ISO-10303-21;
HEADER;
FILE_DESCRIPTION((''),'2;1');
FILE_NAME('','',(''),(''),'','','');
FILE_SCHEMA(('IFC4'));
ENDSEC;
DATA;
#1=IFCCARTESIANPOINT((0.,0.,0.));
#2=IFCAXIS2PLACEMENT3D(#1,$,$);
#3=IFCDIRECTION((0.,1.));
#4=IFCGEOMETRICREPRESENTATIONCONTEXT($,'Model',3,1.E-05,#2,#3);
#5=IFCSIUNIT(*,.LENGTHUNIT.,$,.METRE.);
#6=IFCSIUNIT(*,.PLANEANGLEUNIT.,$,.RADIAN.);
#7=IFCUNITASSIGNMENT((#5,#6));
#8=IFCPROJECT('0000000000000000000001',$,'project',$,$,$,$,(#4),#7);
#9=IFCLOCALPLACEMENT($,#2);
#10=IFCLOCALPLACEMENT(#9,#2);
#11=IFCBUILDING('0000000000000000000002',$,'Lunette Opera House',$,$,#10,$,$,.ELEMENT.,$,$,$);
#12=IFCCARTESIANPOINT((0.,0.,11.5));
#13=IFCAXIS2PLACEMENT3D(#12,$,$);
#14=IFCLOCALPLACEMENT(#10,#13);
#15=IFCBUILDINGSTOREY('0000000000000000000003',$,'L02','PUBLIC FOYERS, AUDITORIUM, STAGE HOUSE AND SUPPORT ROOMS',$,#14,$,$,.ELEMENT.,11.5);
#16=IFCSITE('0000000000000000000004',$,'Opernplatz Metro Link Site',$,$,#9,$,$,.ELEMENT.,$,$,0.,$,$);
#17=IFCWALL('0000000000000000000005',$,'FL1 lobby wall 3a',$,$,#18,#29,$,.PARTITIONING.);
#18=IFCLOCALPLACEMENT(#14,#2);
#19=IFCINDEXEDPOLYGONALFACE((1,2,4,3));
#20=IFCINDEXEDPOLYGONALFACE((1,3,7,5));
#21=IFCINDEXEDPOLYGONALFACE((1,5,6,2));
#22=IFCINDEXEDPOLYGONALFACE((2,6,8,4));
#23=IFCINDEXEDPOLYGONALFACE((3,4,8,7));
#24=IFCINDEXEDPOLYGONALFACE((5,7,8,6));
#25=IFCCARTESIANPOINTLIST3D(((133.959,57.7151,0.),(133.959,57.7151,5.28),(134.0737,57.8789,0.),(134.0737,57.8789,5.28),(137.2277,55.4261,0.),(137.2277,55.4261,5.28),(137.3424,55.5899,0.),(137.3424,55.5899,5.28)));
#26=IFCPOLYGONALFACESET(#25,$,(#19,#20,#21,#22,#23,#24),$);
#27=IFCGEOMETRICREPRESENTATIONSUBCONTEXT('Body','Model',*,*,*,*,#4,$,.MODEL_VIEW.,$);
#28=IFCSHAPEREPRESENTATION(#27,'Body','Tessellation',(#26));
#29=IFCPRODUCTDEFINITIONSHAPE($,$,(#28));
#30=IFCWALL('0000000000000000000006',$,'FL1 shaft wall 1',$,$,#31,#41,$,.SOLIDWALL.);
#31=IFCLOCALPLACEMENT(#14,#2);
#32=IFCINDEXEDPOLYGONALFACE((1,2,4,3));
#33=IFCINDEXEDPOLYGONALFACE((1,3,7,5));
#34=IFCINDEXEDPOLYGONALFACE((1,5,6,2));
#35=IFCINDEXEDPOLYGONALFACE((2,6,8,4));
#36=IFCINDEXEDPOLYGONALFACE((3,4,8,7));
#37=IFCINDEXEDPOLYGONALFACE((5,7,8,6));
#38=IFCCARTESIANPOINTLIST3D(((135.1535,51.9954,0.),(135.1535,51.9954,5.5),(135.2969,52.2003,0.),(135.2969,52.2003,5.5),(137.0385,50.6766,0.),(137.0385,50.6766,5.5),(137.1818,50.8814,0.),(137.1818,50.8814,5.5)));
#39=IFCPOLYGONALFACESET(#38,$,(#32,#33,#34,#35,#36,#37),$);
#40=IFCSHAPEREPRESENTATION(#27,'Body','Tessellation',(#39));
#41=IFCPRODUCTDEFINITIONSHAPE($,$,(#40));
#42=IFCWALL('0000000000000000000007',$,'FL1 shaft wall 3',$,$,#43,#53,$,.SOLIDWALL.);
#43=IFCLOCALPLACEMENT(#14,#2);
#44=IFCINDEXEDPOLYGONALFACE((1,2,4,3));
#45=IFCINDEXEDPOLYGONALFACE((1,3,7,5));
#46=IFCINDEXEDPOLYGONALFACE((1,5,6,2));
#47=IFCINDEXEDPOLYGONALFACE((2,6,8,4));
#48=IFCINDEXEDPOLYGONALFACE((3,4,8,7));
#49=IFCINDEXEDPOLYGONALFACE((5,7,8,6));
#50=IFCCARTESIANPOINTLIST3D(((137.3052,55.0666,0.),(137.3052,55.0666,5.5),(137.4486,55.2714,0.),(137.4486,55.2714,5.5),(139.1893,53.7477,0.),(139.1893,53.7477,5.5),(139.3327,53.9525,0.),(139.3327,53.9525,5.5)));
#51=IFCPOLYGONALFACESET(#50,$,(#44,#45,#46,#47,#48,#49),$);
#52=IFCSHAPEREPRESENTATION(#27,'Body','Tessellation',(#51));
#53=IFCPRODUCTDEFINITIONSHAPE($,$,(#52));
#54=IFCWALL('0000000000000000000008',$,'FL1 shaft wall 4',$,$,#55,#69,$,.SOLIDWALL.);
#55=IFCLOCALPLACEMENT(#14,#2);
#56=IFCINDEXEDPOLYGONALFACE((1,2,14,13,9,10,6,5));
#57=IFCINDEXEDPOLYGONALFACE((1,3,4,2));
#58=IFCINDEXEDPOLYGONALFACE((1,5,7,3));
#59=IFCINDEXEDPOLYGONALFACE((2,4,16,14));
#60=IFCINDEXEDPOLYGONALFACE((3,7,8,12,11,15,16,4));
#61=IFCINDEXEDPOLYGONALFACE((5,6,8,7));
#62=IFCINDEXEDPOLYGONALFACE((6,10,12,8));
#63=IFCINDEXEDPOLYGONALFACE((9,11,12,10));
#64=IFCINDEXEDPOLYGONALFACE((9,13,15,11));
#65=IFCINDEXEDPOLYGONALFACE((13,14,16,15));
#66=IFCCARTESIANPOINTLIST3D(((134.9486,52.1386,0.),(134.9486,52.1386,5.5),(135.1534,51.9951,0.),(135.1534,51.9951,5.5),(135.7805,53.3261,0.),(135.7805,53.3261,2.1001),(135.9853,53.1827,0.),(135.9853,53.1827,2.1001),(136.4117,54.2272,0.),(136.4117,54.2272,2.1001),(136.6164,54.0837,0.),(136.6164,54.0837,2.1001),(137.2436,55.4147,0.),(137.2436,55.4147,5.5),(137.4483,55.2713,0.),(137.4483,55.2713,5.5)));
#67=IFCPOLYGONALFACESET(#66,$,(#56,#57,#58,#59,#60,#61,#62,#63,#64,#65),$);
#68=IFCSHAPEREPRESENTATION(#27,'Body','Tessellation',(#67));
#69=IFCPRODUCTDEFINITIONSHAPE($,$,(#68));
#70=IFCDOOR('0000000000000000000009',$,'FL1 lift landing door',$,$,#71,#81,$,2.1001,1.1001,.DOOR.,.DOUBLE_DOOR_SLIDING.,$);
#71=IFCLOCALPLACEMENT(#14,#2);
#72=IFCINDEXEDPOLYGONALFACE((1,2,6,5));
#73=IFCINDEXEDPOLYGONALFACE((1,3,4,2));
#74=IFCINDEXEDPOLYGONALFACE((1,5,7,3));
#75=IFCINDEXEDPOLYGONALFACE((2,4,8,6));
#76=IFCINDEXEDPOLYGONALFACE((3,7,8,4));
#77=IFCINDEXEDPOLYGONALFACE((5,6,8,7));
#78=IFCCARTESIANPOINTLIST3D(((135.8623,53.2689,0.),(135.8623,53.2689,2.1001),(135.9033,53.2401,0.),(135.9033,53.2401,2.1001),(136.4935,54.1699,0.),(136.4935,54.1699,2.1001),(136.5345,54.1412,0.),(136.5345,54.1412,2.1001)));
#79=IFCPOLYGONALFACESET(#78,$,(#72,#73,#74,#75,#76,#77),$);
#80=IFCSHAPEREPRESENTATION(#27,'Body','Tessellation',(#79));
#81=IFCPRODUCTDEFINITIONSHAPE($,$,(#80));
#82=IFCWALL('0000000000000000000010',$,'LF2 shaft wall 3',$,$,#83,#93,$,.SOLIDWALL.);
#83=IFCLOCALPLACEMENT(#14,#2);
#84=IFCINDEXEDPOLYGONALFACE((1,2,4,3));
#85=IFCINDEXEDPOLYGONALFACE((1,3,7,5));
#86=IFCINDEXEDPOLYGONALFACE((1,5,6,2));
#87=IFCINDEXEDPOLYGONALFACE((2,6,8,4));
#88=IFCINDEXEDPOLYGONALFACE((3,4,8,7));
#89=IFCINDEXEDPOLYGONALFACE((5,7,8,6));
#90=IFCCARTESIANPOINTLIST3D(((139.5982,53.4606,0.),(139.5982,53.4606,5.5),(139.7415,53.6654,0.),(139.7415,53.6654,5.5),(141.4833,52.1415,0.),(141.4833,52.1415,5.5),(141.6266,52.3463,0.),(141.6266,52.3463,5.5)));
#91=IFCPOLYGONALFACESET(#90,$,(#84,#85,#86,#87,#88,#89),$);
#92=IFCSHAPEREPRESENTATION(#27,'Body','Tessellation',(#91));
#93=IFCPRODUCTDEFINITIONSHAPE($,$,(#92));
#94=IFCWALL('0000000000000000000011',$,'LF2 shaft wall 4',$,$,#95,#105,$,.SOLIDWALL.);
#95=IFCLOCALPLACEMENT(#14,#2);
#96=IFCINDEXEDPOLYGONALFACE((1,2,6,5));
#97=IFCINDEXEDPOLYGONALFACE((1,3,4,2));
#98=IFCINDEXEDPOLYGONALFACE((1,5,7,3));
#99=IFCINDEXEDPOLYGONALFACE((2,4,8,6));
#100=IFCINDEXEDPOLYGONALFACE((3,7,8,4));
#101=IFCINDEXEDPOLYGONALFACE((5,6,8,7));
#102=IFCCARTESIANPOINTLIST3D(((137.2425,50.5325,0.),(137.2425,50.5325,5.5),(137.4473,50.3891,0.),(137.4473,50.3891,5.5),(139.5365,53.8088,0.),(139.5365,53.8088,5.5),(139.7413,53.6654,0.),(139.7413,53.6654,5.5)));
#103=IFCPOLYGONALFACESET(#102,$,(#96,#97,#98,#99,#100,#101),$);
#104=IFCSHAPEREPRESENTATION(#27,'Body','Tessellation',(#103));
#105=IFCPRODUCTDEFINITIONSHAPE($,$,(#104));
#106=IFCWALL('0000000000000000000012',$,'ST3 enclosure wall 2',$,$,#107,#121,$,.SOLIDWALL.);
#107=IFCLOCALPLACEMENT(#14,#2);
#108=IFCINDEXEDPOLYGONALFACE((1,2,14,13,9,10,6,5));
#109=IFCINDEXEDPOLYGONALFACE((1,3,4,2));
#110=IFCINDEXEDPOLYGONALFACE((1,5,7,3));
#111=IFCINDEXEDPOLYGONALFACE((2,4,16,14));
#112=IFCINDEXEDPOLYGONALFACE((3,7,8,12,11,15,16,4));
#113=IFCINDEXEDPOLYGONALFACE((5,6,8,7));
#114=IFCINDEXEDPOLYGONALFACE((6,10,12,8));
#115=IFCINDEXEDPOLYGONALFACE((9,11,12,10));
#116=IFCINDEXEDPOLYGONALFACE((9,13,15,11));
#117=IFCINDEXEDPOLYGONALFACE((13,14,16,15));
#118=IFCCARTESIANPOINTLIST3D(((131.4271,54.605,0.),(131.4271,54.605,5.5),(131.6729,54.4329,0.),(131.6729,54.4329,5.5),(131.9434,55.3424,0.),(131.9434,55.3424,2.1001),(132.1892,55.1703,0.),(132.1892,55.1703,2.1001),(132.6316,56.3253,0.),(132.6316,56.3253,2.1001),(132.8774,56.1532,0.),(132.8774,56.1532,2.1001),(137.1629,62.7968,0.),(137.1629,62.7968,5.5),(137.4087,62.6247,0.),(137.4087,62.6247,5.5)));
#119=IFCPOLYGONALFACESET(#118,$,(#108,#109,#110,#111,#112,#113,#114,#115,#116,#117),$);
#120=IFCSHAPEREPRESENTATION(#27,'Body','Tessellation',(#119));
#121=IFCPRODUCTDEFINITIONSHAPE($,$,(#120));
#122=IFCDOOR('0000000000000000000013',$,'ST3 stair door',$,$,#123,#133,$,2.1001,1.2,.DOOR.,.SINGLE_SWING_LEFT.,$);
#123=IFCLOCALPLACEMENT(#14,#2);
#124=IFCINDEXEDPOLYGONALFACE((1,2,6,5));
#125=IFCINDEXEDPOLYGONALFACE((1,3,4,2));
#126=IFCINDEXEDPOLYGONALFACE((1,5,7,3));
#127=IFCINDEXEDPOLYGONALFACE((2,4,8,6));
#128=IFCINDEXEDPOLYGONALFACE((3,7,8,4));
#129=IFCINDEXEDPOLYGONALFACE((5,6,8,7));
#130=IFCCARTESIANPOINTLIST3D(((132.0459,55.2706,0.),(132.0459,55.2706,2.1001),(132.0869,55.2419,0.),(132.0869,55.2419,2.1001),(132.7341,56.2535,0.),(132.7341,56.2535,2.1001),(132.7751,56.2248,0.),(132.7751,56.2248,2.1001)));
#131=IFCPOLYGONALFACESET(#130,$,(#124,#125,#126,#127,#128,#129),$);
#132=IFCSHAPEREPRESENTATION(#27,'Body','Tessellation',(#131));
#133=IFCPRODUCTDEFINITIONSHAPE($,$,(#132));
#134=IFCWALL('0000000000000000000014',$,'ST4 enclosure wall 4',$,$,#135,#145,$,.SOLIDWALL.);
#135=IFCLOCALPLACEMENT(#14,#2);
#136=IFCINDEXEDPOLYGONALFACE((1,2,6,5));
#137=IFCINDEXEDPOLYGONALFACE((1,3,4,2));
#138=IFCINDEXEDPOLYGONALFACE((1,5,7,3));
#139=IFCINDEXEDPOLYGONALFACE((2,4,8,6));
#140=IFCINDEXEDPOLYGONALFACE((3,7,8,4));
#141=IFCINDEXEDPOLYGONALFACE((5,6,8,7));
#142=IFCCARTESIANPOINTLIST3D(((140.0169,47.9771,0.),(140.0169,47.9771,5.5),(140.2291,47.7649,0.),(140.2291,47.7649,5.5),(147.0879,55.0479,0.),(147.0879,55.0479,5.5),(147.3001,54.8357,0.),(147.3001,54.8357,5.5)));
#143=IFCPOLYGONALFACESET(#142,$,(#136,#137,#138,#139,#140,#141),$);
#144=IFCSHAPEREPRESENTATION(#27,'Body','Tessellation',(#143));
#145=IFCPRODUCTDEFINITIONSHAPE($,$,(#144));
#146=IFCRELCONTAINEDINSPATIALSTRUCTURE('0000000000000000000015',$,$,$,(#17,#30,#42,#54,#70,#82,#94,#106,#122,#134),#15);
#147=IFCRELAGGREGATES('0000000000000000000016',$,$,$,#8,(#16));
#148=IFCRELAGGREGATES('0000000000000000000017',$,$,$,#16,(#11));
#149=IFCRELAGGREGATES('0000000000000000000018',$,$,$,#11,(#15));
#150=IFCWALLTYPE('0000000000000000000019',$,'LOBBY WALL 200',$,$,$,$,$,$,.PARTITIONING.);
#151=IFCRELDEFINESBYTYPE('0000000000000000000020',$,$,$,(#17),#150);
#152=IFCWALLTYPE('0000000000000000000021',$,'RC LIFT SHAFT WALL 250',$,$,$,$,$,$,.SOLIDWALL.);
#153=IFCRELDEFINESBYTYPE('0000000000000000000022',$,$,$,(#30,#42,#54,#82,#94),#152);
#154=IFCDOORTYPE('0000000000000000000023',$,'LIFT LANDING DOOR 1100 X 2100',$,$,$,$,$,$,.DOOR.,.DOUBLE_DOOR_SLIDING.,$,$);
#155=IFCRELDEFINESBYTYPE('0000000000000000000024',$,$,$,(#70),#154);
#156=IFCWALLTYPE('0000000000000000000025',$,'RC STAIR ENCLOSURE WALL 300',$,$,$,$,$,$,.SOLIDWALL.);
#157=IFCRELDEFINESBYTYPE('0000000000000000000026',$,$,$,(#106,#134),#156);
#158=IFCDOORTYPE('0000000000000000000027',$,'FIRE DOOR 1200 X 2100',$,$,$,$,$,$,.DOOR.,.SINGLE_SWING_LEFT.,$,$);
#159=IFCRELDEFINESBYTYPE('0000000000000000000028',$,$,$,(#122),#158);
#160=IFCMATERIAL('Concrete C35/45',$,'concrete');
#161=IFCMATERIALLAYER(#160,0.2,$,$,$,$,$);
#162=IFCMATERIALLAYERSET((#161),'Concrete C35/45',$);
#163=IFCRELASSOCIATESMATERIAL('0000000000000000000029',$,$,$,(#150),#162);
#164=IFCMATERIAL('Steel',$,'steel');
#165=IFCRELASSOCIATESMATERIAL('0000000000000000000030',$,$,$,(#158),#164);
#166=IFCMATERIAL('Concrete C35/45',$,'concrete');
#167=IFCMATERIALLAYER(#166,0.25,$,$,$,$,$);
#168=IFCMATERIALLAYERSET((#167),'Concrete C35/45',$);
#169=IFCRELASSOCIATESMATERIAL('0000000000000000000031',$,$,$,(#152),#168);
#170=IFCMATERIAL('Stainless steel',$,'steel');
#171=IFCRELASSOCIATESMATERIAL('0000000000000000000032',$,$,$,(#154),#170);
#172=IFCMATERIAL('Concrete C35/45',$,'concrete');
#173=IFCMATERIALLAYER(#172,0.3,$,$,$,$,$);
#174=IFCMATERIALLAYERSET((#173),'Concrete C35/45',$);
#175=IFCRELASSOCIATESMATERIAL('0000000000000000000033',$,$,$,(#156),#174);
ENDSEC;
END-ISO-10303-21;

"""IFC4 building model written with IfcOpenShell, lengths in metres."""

from ifc_helpers import new_model, si_unit, direction, frame, frame_2d, origin, place, context, subcontext, project, spatial, rectangle, extrude, material, layer, layer_set, type_object, element, fill, save


model = new_model("IFC4")

# Units and contexts
model_context = context("Model", 3, precision=1e-05, world=origin(), true_north=direction((0.0, 1.0)))
body_context = subcontext(model_context, "Body", "Model", "MODEL_VIEW")
ifc_project = project(units=[si_unit("LENGTHUNIT", "METRE"), si_unit("PLANEANGLEUNIT", "RADIAN")], contexts=[model_context])

# Site, building, storey
site_placement = place(None, origin())
site = spatial("IfcSite", under=ifc_project, at=site_placement, Name="Opernplatz Metro Link Site", CompositionType="ELEMENT", RefElevation=0.0)
building_placement = place(site_placement, origin())
building = spatial("IfcBuilding", under=site, at=building_placement, Name="Lunette Opera House", CompositionType="ELEMENT")
storey_placement = place(building_placement, frame((0.0, 0.0, 11.5)))
storey = spatial("IfcBuildingStorey", under=building, at=storey_placement, Name="L02", Description="PUBLIC FOYERS, AUDITORIUM, STAGE HOUSE AND SUPPORT ROOMS", CompositionType="ELEMENT", Elevation=11.5)

# Shared definitions
ifc_material_1 = material(Name="Concrete C35/45", Category="concrete")
ifc_layer_1 = layer(ifc_material_1, 0.2)
ifc_layer_set_1 = layer_set([ifc_layer_1], Name="Concrete C35/45")
wall_type_1 = type_object("IfcWallType", Name="LOBBY WALL 200", PredefinedType="PARTITIONING", material=ifc_layer_set_1)
ifc_material_2 = material(Name="Steel", Category="steel")
door_type_1 = type_object("IfcDoorType", Name="FIRE DOOR 1200 X 2100", OperationType="SINGLE_SWING_LEFT", PredefinedType="DOOR", material=ifc_material_2)

# Walls
wall_1_placement = place(storey_placement, frame((137.2849, 55.5081, 0.0), z_axis=(0.0, 0.0, 1.0), x_axis=(-0.819126, 0.573614, 0.0)))
element("IfcWall", 1, at=wall_1_placement, inside=storey, type_object=wall_type_1, Name="FL1 lobby wall 3a", PredefinedType="PARTITIONING", context=body_context, shape_type="SweptSolid", body=[
    extrude(rectangle(XDim=3.9905, YDim=0.2, at=frame_2d((1.9951, 0.0))), origin(), (0.0, 0.0, 1.0), 5.28),
])
ifc_material_3 = material(Name="Concrete C35/45", Category="concrete")
ifc_layer_2 = layer(ifc_material_3, 0.25)
ifc_layer_set_2 = layer_set([ifc_layer_2], Name="Concrete C35/45")
wall_type_2 = type_object("IfcWallType", Name="RC LIFT SHAFT WALL 250", PredefinedType="SOLIDWALL", material=ifc_layer_set_2)
wall_2_placement = place(storey_placement, frame((135.2251, 52.0979, 0.0), z_axis=(0.0, 0.0, 1.0), x_axis=(0.819367, -0.57327, 0.0)))
element("IfcWall", 2, at=wall_2_placement, inside=storey, type_object=wall_type_2, Name="FL1 shaft wall 1", PredefinedType="SOLIDWALL", context=body_context, shape_type="SweptSolid", body=[
    extrude(rectangle(XDim=2.3005, YDim=0.25, at=frame_2d((1.1504, 0.0))), origin(), (0.0, 0.0, 1.0), 5.5),
])
wall_3_placement = place(storey_placement, frame((139.261, 53.8501, 0.0), z_axis=(0.0, 0.0, 1.0), x_axis=(-0.819227, 0.573469, 0.0)))
element("IfcWall", 3, at=wall_3_placement, inside=storey, type_object=wall_type_2, Name="FL1 shaft wall 3", PredefinedType="SOLIDWALL", context=body_context, shape_type="SweptSolid", body=[
    extrude(rectangle(XDim=2.2998, YDim=0.25, at=frame_2d((1.1499, 0.0))), origin(), (0.0, 0.0, 1.0), 5.5),
])

# Wall, opening, door
wall_4_placement = place(storey_placement, frame((137.3459, 55.343, 0.0), z_axis=(0.0, 0.0, 1.0), x_axis=(-0.573737, -0.81904, 0.0)))
wall_4 = element("IfcWall", 4, at=wall_4_placement, inside=storey, type_object=wall_type_2, Name="FL1 shaft wall 4", PredefinedType="SOLIDWALL", context=body_context, shape_type="SweptSolid", body=[
    extrude(rectangle(XDim=4.0, YDim=0.25, at=frame_2d((2.0, 0.0))), origin(), (0.0, 0.0, 1.0), 5.5),
])
opening_1_placement = place(wall_4_placement, frame((1.45, 0.0, 0.0)))
opening_1 = element("IfcOpeningElement", 5, at=opening_1_placement, cuts=wall_4, PredefinedType="OPENING", context=body_context, shape_type="SweptSolid", body=[
    extrude(rectangle(XDim=1.1001, YDim=2.1001, at=frame_2d((0.55, 1.05))), frame((0.0, 0.137, 0.0), z_axis=(0.0, -1.0, 0.0), x_axis=(1.0, 0.0, 0.0)), (0.0, 0.0, 1.0), 0.2739),
])
ifc_material_4 = material(Name="Stainless steel", Category="steel")
door_type_2 = type_object("IfcDoorType", Name="LIFT LANDING DOOR 1100 X 2100", OperationType="DOUBLE_DOOR_SLIDING", PredefinedType="DOOR", material=ifc_material_4)
door_1_placement = place(opening_1_placement, origin())
door_1 = element("IfcDoor", 6, at=door_1_placement, inside=storey, type_object=door_type_2, Name="FL1 lift landing door", OperationType="DOUBLE_DOOR_SLIDING", OverallHeight=2.1001, OverallWidth=1.1001, PredefinedType="DOOR", context=body_context, shape_type="SweptSolid", body=[
    extrude(rectangle(XDim=1.1001, YDim=2.1001, at=frame_2d((0.55, 1.05))), frame((0.0, 0.0249, 0.0), z_axis=(0.0, -1.0, 0.0), x_axis=(1.0, 0.0, 0.0)), (0.0, 0.0, 1.0), 0.05),
])
fill(opening_1, door_1)

# Walls
wall_5_placement = place(storey_placement, frame((141.5549, 52.2439, 0.0), z_axis=(0.0, 0.0, 1.0), x_axis=(-0.819317, 0.573341, 0.0)))
element("IfcWall", 7, at=wall_5_placement, inside=storey, type_object=wall_type_2, Name="LF2 shaft wall 3", PredefinedType="SOLIDWALL", context=body_context, shape_type="SweptSolid", body=[
    extrude(rectangle(XDim=2.3008, YDim=0.25, at=frame_2d((1.1504, 0.0))), origin(), (0.0, 0.0, 1.0), 5.5),
])
wall_6_placement = place(storey_placement, frame((139.6389, 53.7371, 0.0), z_axis=(0.0, 0.0, 1.0), x_axis=(-0.573573, -0.819154, 0.0)))
element("IfcWall", 8, at=wall_6_placement, inside=storey, type_object=wall_type_2, Name="LF2 shaft wall 4", PredefinedType="SOLIDWALL", context=body_context, shape_type="SweptSolid", body=[
    extrude(rectangle(XDim=3.9995, YDim=0.25, at=frame_2d((1.9998, 0.0))), origin(), (0.0, 0.0, 1.0), 5.5),
])

# Wall, opening, door
ifc_material_5 = material(Name="Concrete C35/45", Category="concrete")
ifc_layer_3 = layer(ifc_material_5, 0.3)
ifc_layer_set_3 = layer_set([ifc_layer_3], Name="Concrete C35/45")
wall_type_3 = type_object("IfcWallType", Name="RC STAIR ENCLOSURE WALL 300", PredefinedType="SOLIDWALL", material=ifc_layer_set_3)
wall_7_placement = place(storey_placement, frame((131.55, 54.519, 0.0), z_axis=(0.0, 0.0, 1.0), x_axis=(0.573564, 0.819161, 0.0)))
wall_7 = element("IfcWall", 9, at=wall_7_placement, inside=storey, type_object=wall_type_3, Name="ST3 enclosure wall 2", PredefinedType="SOLIDWALL", context=body_context, shape_type="SweptSolid", body=[
    extrude(rectangle(XDim=10.0002, YDim=0.3, at=frame_2d((5.0, 0.0))), origin(), (0.0, 0.0, 1.0), 5.5),
])
opening_2_placement = place(wall_7_placement, frame((0.8999, 0.0, 0.0)))
opening_2 = element("IfcOpeningElement", 10, at=opening_2_placement, cuts=wall_7, PredefinedType="OPENING", context=body_context, shape_type="SweptSolid", body=[
    extrude(rectangle(XDim=1.2, YDim=2.1001, at=frame_2d((0.6001, 1.05))), frame((0.0, 0.1621, 0.0), z_axis=(0.0, -1.0, 0.0), x_axis=(1.0, 0.0, 0.0)), (0.0, 0.0, 1.0), 0.324),
])
door_2_placement = place(opening_2_placement, origin())
door_2 = element("IfcDoor", 11, at=door_2_placement, inside=storey, type_object=door_type_1, Name="ST3 stair door", OperationType="SINGLE_SWING_LEFT", OverallHeight=2.1001, OverallWidth=1.2, PredefinedType="DOOR", context=body_context, shape_type="SweptSolid", body=[
    extrude(rectangle(XDim=1.2, YDim=2.1001, at=frame_2d((0.6001, 1.05))), frame((0.0, 0.0249, 0.0), z_axis=(0.0, -1.0, 0.0), x_axis=(1.0, 0.0, 0.0)), (0.0, 0.0, 1.0), 0.05),
])
fill(opening_2, door_2)

# Wall
wall_8_placement = place(storey_placement, frame((147.1941, 54.9419, 0.0), z_axis=(0.0, 0.0, 1.0), x_axis=(-0.707119, -0.707095, 0.0)))
element("IfcWall", 12, at=wall_8_placement, inside=storey, type_object=wall_type_3, Name="ST4 enclosure wall 4", PredefinedType="SOLIDWALL", context=body_context, shape_type="SweptSolid", body=[
    extrude(rectangle(XDim=9.9998, YDim=0.3, at=frame_2d((5.0, 0.0))), origin(), (0.0, 0.0, 1.0), 5.5),
])

save(model, "model.ifc")
